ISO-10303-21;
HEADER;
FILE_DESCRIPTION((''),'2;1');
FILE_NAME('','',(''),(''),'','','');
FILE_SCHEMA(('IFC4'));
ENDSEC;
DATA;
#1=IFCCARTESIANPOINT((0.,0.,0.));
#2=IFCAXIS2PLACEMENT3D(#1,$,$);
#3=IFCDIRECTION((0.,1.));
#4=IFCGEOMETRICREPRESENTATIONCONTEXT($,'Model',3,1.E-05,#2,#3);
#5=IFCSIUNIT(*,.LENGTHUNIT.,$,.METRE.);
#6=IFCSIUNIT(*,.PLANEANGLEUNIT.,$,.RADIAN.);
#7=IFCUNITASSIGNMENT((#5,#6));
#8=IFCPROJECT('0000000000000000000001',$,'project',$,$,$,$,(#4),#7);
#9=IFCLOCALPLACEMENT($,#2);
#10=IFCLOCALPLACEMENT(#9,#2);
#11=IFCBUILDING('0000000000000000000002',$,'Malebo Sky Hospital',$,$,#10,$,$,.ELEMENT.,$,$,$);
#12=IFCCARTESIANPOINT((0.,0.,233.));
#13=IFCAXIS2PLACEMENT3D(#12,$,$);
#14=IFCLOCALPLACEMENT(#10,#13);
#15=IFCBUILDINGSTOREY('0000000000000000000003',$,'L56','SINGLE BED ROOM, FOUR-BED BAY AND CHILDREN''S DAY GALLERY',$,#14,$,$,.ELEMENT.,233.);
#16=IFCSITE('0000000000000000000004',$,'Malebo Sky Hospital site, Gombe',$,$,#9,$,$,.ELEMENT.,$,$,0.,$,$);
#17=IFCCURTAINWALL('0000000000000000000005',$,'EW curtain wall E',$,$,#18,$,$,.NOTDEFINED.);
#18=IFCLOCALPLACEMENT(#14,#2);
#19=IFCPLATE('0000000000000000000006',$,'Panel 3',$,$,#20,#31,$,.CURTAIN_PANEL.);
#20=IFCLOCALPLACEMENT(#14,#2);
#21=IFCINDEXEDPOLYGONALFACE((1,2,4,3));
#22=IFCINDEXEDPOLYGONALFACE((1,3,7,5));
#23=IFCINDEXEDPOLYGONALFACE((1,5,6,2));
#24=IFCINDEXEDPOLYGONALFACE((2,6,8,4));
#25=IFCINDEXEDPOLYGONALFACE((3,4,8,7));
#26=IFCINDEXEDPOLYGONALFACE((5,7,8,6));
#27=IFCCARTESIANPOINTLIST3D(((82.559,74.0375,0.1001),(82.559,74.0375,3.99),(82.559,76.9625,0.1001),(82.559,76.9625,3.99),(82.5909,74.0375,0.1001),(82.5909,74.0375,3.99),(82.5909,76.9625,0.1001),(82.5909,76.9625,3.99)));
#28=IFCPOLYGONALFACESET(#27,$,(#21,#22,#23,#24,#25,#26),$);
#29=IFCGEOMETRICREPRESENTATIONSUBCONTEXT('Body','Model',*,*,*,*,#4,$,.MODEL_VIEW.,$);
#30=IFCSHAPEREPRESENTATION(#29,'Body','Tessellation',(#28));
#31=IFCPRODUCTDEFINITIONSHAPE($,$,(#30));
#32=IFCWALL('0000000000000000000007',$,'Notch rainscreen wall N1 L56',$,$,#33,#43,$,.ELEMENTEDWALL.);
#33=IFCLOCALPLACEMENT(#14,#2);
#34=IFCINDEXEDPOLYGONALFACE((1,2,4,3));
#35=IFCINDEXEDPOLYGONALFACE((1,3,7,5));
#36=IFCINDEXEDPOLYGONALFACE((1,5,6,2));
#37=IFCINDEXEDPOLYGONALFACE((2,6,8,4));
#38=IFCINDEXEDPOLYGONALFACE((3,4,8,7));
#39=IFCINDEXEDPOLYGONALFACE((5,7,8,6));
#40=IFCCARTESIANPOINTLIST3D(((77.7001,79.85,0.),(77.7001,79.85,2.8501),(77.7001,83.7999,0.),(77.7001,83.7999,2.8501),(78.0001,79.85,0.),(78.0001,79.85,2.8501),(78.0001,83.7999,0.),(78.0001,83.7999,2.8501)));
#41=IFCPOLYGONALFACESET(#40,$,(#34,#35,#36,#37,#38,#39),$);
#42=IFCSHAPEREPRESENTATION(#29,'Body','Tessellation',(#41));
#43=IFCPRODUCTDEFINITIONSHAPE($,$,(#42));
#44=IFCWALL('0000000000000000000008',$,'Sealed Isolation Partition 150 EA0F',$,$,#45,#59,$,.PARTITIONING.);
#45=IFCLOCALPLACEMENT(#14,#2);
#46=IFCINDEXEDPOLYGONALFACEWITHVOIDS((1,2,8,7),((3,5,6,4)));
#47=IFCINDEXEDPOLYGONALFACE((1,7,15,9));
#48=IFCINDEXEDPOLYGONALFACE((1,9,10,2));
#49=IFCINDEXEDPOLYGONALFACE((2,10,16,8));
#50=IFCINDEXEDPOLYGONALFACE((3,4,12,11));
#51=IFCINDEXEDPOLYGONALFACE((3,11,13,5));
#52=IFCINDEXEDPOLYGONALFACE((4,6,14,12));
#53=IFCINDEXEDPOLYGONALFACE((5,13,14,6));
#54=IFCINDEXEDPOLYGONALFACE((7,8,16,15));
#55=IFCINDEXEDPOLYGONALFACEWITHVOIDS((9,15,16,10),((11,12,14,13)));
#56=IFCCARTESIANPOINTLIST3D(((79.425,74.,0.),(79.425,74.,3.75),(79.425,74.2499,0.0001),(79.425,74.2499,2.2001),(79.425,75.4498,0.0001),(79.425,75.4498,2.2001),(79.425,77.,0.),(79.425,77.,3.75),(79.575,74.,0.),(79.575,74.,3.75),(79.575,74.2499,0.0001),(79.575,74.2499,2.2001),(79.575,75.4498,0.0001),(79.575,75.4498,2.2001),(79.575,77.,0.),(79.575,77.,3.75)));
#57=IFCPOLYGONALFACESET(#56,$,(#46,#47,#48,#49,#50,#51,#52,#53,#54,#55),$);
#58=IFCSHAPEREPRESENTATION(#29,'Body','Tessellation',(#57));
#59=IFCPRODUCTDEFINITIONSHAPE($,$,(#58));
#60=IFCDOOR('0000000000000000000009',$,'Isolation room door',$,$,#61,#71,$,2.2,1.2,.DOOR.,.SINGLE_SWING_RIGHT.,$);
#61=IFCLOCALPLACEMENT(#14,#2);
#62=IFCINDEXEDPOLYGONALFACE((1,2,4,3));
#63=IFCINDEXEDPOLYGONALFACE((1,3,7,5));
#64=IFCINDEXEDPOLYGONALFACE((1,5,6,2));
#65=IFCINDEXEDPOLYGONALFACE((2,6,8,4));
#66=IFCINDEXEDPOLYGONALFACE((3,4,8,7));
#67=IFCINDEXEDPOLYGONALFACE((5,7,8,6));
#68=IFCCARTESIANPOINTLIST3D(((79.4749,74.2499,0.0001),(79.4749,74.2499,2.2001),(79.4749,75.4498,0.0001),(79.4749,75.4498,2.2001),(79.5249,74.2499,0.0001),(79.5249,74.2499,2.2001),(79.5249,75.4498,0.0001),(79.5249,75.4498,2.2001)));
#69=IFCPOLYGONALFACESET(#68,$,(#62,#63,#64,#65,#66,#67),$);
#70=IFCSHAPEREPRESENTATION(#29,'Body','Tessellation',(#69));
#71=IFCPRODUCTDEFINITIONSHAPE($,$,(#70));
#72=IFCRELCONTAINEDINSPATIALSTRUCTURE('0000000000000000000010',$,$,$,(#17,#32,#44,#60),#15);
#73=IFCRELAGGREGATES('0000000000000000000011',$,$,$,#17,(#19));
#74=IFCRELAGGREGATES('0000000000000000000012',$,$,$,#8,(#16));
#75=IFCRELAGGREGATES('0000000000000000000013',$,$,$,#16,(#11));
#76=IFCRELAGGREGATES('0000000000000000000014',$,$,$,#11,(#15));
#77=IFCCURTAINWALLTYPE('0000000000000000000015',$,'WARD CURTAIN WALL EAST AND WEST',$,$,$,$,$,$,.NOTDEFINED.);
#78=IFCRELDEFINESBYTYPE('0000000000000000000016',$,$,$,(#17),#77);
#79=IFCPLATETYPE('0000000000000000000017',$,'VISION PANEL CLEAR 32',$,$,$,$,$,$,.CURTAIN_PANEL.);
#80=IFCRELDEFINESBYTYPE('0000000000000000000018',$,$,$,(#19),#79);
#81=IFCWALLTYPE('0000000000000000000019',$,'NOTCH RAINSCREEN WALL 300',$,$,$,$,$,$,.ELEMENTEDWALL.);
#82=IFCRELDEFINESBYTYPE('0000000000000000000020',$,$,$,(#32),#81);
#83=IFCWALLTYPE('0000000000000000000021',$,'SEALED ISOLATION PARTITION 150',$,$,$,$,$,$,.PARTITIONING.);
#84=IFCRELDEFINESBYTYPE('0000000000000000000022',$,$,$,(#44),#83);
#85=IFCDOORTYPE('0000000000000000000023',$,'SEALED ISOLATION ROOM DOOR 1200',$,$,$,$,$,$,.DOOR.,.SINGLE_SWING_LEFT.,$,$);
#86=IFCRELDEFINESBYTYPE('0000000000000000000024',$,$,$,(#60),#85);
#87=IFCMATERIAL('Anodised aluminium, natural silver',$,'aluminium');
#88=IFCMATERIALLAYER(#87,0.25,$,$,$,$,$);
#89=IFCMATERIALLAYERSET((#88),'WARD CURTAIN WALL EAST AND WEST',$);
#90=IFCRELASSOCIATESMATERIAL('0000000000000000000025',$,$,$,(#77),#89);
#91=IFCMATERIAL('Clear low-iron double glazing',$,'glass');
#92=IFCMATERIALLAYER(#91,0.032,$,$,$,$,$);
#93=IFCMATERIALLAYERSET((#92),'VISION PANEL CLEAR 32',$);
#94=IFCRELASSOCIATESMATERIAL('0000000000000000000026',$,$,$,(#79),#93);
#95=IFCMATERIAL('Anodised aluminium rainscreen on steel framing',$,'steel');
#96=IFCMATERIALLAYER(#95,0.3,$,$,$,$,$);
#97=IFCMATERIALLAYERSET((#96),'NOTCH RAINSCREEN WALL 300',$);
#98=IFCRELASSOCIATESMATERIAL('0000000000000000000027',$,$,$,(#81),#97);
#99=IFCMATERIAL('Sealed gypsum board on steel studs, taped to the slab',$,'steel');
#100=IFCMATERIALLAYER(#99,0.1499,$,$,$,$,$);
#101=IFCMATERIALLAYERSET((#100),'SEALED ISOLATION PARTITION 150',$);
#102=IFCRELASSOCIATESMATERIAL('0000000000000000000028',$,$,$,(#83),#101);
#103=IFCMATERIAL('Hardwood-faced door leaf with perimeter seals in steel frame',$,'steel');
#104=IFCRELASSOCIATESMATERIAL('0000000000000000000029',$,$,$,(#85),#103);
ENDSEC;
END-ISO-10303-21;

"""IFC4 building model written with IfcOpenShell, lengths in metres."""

from ifc_helpers import new_model, si_unit, direction, frame, frame_2d, origin, origin_2d, place, context, subcontext, project, spatial, rectangle, extrude, material, layer, layer_set, type_object, element, fill, aggregate, save


model = new_model("IFC4")

# Units and contexts
model_context = context("Model", 3, precision=1e-05, world=origin(), true_north=direction((0.0, 1.0)))
body_context = subcontext(model_context, "Body", "Model", "MODEL_VIEW")
ifc_project = project(units=[si_unit("LENGTHUNIT", "METRE"), si_unit("PLANEANGLEUNIT", "RADIAN")], contexts=[model_context])

# Site, building, storey
site_placement = place(None, origin())
site = spatial("IfcSite", under=ifc_project, at=site_placement, Name="Malebo Sky Hospital site, Gombe", CompositionType="ELEMENT", RefElevation=0.0)
building_placement = place(site_placement, origin())
building = spatial("IfcBuilding", under=site, at=building_placement, Name="Malebo Sky Hospital", CompositionType="ELEMENT")
storey_placement = place(building_placement, frame((0.0, 0.0, 233.0)))
storey = spatial("IfcBuildingStorey", under=building, at=storey_placement, Name="L56", Description="SINGLE BED ROOM, FOUR-BED BAY AND CHILDREN'S DAY GALLERY", CompositionType="ELEMENT", Elevation=233.0)

# Curtain wall
ifc_material_1 = material(Name="Anodised aluminium, natural silver", Category="aluminium")
ifc_layer_1 = layer(ifc_material_1, 0.25)
ifc_layer_set_1 = layer_set([ifc_layer_1], Name="WARD CURTAIN WALL EAST AND WEST")
curtain_wall_type = type_object("IfcCurtainWallType", Name="WARD CURTAIN WALL EAST AND WEST", PredefinedType="NOTDEFINED", material=ifc_layer_set_1)
curtain_wall_placement = place(storey_placement, origin())
curtain_wall = element("IfcCurtainWall", 1, at=curtain_wall_placement, inside=storey, type_object=curtain_wall_type, Name="EW curtain wall E", PredefinedType="NOTDEFINED")

# Plate
ifc_material_2 = material(Name="Clear low-iron double glazing", Category="glass")
ifc_layer_2 = layer(ifc_material_2, 0.032)
ifc_layer_set_2 = layer_set([ifc_layer_2], Name="VISION PANEL CLEAR 32")
plate_type = type_object("IfcPlateType", Name="VISION PANEL CLEAR 32", PredefinedType="CURTAIN_PANEL", material=ifc_layer_set_2)
plate_1_placement = place(storey_placement, frame((82.575, 75.5, 0.1001), z_axis=(0.0, 0.0, 1.0), x_axis=(0.0, -1.0, 0.0)))
plate_1 = element("IfcPlate", 2, at=plate_1_placement, type_object=plate_type, Name="Panel 3", PredefinedType="CURTAIN_PANEL", context=body_context, shape_type="SweptSolid", body=[
    extrude(rectangle(XDim=2.925, YDim=0.032, at=origin_2d()), origin(), (0.0, 0.0, 1.0), 3.8899),
])
aggregate(curtain_wall, [plate_1])

# Wall
ifc_material_3 = material(Name="Anodised aluminium rainscreen on steel framing", Category="steel")
ifc_layer_3 = layer(ifc_material_3, 0.3)
ifc_layer_set_3 = layer_set([ifc_layer_3], Name="NOTCH RAINSCREEN WALL 300")
wall_type_1 = type_object("IfcWallType", Name="NOTCH RAINSCREEN WALL 300", PredefinedType="ELEMENTEDWALL", material=ifc_layer_set_3)
wall_1_placement = place(storey_placement, frame((77.8501, 83.8, 0.0), z_axis=(0.0, 0.0, 1.0), x_axis=(0.0, -1.0, 0.0)))
element("IfcWall", 3, at=wall_1_placement, inside=storey, type_object=wall_type_1, Name="Notch rainscreen wall N1 L56", PredefinedType="ELEMENTEDWALL", context=body_context, shape_type="SweptSolid", body=[
    extrude(rectangle(XDim=3.95, YDim=0.3, at=frame_2d((1.9751, 0.0))), origin(), (0.0, 0.0, 1.0), 2.8501),
])

# Wall, opening, door
ifc_material_4 = material(Name="Sealed gypsum board on steel studs, taped to the slab", Category="steel")
ifc_layer_4 = layer(ifc_material_4, 0.1499)
ifc_layer_set_4 = layer_set([ifc_layer_4], Name="SEALED ISOLATION PARTITION 150")
wall_type_2 = type_object("IfcWallType", Name="SEALED ISOLATION PARTITION 150", PredefinedType="PARTITIONING", material=ifc_layer_set_4)
wall_2_placement = place(storey_placement, frame((79.5, 77.0, 0.0), z_axis=(0.0, 0.0, 1.0), x_axis=(0.0, -1.0, 0.0)))
wall_2 = element("IfcWall", 4, at=wall_2_placement, inside=storey, type_object=wall_type_2, Name="Sealed Isolation Partition 150 EA0F", PredefinedType="PARTITIONING", context=body_context, shape_type="SweptSolid", body=[
    extrude(rectangle(XDim=3.0, YDim=0.1499, at=frame_2d((1.5, 0.0))), origin(), (0.0, 0.0, 1.0), 3.75),
])
opening_placement = place(wall_2_placement, frame((1.55, 0.0, 0.0)))
opening = element("IfcOpeningElement", 5, at=opening_placement, cuts=wall_2, PredefinedType="OPENING", context=body_context, shape_type="SweptSolid", body=[
    extrude(rectangle(XDim=1.2, YDim=2.2, at=frame_2d((0.6001, 1.1001))), frame((0.0, 0.085, 0.0), z_axis=(0.0, -1.0, 0.0), x_axis=(1.0, 0.0, 0.0)), (0.0, 0.0, 1.0), 0.1699),
])
ifc_material_5 = material(Name="Hardwood-faced door leaf with perimeter seals in steel frame", Category="steel")
door_type = type_object("IfcDoorType", Name="SEALED ISOLATION ROOM DOOR 1200", OperationType="SINGLE_SWING_LEFT", PredefinedType="DOOR", material=ifc_material_5)
door_placement = place(opening_placement, origin())
door = element("IfcDoor", 6, at=door_placement, inside=storey, type_object=door_type, Name="Isolation room door", OperationType="SINGLE_SWING_RIGHT", OverallHeight=2.2, OverallWidth=1.2, PredefinedType="DOOR", context=body_context, shape_type="SweptSolid", body=[
    extrude(rectangle(XDim=1.2, YDim=2.2, at=frame_2d((0.6001, 1.1001))), frame((0.0, 0.0249, 0.0), z_axis=(0.0, -1.0, 0.0), x_axis=(1.0, 0.0, 0.0)), (0.0, 0.0, 1.0), 0.05),
])
fill(opening, door)

save(model, "model.ifc")
